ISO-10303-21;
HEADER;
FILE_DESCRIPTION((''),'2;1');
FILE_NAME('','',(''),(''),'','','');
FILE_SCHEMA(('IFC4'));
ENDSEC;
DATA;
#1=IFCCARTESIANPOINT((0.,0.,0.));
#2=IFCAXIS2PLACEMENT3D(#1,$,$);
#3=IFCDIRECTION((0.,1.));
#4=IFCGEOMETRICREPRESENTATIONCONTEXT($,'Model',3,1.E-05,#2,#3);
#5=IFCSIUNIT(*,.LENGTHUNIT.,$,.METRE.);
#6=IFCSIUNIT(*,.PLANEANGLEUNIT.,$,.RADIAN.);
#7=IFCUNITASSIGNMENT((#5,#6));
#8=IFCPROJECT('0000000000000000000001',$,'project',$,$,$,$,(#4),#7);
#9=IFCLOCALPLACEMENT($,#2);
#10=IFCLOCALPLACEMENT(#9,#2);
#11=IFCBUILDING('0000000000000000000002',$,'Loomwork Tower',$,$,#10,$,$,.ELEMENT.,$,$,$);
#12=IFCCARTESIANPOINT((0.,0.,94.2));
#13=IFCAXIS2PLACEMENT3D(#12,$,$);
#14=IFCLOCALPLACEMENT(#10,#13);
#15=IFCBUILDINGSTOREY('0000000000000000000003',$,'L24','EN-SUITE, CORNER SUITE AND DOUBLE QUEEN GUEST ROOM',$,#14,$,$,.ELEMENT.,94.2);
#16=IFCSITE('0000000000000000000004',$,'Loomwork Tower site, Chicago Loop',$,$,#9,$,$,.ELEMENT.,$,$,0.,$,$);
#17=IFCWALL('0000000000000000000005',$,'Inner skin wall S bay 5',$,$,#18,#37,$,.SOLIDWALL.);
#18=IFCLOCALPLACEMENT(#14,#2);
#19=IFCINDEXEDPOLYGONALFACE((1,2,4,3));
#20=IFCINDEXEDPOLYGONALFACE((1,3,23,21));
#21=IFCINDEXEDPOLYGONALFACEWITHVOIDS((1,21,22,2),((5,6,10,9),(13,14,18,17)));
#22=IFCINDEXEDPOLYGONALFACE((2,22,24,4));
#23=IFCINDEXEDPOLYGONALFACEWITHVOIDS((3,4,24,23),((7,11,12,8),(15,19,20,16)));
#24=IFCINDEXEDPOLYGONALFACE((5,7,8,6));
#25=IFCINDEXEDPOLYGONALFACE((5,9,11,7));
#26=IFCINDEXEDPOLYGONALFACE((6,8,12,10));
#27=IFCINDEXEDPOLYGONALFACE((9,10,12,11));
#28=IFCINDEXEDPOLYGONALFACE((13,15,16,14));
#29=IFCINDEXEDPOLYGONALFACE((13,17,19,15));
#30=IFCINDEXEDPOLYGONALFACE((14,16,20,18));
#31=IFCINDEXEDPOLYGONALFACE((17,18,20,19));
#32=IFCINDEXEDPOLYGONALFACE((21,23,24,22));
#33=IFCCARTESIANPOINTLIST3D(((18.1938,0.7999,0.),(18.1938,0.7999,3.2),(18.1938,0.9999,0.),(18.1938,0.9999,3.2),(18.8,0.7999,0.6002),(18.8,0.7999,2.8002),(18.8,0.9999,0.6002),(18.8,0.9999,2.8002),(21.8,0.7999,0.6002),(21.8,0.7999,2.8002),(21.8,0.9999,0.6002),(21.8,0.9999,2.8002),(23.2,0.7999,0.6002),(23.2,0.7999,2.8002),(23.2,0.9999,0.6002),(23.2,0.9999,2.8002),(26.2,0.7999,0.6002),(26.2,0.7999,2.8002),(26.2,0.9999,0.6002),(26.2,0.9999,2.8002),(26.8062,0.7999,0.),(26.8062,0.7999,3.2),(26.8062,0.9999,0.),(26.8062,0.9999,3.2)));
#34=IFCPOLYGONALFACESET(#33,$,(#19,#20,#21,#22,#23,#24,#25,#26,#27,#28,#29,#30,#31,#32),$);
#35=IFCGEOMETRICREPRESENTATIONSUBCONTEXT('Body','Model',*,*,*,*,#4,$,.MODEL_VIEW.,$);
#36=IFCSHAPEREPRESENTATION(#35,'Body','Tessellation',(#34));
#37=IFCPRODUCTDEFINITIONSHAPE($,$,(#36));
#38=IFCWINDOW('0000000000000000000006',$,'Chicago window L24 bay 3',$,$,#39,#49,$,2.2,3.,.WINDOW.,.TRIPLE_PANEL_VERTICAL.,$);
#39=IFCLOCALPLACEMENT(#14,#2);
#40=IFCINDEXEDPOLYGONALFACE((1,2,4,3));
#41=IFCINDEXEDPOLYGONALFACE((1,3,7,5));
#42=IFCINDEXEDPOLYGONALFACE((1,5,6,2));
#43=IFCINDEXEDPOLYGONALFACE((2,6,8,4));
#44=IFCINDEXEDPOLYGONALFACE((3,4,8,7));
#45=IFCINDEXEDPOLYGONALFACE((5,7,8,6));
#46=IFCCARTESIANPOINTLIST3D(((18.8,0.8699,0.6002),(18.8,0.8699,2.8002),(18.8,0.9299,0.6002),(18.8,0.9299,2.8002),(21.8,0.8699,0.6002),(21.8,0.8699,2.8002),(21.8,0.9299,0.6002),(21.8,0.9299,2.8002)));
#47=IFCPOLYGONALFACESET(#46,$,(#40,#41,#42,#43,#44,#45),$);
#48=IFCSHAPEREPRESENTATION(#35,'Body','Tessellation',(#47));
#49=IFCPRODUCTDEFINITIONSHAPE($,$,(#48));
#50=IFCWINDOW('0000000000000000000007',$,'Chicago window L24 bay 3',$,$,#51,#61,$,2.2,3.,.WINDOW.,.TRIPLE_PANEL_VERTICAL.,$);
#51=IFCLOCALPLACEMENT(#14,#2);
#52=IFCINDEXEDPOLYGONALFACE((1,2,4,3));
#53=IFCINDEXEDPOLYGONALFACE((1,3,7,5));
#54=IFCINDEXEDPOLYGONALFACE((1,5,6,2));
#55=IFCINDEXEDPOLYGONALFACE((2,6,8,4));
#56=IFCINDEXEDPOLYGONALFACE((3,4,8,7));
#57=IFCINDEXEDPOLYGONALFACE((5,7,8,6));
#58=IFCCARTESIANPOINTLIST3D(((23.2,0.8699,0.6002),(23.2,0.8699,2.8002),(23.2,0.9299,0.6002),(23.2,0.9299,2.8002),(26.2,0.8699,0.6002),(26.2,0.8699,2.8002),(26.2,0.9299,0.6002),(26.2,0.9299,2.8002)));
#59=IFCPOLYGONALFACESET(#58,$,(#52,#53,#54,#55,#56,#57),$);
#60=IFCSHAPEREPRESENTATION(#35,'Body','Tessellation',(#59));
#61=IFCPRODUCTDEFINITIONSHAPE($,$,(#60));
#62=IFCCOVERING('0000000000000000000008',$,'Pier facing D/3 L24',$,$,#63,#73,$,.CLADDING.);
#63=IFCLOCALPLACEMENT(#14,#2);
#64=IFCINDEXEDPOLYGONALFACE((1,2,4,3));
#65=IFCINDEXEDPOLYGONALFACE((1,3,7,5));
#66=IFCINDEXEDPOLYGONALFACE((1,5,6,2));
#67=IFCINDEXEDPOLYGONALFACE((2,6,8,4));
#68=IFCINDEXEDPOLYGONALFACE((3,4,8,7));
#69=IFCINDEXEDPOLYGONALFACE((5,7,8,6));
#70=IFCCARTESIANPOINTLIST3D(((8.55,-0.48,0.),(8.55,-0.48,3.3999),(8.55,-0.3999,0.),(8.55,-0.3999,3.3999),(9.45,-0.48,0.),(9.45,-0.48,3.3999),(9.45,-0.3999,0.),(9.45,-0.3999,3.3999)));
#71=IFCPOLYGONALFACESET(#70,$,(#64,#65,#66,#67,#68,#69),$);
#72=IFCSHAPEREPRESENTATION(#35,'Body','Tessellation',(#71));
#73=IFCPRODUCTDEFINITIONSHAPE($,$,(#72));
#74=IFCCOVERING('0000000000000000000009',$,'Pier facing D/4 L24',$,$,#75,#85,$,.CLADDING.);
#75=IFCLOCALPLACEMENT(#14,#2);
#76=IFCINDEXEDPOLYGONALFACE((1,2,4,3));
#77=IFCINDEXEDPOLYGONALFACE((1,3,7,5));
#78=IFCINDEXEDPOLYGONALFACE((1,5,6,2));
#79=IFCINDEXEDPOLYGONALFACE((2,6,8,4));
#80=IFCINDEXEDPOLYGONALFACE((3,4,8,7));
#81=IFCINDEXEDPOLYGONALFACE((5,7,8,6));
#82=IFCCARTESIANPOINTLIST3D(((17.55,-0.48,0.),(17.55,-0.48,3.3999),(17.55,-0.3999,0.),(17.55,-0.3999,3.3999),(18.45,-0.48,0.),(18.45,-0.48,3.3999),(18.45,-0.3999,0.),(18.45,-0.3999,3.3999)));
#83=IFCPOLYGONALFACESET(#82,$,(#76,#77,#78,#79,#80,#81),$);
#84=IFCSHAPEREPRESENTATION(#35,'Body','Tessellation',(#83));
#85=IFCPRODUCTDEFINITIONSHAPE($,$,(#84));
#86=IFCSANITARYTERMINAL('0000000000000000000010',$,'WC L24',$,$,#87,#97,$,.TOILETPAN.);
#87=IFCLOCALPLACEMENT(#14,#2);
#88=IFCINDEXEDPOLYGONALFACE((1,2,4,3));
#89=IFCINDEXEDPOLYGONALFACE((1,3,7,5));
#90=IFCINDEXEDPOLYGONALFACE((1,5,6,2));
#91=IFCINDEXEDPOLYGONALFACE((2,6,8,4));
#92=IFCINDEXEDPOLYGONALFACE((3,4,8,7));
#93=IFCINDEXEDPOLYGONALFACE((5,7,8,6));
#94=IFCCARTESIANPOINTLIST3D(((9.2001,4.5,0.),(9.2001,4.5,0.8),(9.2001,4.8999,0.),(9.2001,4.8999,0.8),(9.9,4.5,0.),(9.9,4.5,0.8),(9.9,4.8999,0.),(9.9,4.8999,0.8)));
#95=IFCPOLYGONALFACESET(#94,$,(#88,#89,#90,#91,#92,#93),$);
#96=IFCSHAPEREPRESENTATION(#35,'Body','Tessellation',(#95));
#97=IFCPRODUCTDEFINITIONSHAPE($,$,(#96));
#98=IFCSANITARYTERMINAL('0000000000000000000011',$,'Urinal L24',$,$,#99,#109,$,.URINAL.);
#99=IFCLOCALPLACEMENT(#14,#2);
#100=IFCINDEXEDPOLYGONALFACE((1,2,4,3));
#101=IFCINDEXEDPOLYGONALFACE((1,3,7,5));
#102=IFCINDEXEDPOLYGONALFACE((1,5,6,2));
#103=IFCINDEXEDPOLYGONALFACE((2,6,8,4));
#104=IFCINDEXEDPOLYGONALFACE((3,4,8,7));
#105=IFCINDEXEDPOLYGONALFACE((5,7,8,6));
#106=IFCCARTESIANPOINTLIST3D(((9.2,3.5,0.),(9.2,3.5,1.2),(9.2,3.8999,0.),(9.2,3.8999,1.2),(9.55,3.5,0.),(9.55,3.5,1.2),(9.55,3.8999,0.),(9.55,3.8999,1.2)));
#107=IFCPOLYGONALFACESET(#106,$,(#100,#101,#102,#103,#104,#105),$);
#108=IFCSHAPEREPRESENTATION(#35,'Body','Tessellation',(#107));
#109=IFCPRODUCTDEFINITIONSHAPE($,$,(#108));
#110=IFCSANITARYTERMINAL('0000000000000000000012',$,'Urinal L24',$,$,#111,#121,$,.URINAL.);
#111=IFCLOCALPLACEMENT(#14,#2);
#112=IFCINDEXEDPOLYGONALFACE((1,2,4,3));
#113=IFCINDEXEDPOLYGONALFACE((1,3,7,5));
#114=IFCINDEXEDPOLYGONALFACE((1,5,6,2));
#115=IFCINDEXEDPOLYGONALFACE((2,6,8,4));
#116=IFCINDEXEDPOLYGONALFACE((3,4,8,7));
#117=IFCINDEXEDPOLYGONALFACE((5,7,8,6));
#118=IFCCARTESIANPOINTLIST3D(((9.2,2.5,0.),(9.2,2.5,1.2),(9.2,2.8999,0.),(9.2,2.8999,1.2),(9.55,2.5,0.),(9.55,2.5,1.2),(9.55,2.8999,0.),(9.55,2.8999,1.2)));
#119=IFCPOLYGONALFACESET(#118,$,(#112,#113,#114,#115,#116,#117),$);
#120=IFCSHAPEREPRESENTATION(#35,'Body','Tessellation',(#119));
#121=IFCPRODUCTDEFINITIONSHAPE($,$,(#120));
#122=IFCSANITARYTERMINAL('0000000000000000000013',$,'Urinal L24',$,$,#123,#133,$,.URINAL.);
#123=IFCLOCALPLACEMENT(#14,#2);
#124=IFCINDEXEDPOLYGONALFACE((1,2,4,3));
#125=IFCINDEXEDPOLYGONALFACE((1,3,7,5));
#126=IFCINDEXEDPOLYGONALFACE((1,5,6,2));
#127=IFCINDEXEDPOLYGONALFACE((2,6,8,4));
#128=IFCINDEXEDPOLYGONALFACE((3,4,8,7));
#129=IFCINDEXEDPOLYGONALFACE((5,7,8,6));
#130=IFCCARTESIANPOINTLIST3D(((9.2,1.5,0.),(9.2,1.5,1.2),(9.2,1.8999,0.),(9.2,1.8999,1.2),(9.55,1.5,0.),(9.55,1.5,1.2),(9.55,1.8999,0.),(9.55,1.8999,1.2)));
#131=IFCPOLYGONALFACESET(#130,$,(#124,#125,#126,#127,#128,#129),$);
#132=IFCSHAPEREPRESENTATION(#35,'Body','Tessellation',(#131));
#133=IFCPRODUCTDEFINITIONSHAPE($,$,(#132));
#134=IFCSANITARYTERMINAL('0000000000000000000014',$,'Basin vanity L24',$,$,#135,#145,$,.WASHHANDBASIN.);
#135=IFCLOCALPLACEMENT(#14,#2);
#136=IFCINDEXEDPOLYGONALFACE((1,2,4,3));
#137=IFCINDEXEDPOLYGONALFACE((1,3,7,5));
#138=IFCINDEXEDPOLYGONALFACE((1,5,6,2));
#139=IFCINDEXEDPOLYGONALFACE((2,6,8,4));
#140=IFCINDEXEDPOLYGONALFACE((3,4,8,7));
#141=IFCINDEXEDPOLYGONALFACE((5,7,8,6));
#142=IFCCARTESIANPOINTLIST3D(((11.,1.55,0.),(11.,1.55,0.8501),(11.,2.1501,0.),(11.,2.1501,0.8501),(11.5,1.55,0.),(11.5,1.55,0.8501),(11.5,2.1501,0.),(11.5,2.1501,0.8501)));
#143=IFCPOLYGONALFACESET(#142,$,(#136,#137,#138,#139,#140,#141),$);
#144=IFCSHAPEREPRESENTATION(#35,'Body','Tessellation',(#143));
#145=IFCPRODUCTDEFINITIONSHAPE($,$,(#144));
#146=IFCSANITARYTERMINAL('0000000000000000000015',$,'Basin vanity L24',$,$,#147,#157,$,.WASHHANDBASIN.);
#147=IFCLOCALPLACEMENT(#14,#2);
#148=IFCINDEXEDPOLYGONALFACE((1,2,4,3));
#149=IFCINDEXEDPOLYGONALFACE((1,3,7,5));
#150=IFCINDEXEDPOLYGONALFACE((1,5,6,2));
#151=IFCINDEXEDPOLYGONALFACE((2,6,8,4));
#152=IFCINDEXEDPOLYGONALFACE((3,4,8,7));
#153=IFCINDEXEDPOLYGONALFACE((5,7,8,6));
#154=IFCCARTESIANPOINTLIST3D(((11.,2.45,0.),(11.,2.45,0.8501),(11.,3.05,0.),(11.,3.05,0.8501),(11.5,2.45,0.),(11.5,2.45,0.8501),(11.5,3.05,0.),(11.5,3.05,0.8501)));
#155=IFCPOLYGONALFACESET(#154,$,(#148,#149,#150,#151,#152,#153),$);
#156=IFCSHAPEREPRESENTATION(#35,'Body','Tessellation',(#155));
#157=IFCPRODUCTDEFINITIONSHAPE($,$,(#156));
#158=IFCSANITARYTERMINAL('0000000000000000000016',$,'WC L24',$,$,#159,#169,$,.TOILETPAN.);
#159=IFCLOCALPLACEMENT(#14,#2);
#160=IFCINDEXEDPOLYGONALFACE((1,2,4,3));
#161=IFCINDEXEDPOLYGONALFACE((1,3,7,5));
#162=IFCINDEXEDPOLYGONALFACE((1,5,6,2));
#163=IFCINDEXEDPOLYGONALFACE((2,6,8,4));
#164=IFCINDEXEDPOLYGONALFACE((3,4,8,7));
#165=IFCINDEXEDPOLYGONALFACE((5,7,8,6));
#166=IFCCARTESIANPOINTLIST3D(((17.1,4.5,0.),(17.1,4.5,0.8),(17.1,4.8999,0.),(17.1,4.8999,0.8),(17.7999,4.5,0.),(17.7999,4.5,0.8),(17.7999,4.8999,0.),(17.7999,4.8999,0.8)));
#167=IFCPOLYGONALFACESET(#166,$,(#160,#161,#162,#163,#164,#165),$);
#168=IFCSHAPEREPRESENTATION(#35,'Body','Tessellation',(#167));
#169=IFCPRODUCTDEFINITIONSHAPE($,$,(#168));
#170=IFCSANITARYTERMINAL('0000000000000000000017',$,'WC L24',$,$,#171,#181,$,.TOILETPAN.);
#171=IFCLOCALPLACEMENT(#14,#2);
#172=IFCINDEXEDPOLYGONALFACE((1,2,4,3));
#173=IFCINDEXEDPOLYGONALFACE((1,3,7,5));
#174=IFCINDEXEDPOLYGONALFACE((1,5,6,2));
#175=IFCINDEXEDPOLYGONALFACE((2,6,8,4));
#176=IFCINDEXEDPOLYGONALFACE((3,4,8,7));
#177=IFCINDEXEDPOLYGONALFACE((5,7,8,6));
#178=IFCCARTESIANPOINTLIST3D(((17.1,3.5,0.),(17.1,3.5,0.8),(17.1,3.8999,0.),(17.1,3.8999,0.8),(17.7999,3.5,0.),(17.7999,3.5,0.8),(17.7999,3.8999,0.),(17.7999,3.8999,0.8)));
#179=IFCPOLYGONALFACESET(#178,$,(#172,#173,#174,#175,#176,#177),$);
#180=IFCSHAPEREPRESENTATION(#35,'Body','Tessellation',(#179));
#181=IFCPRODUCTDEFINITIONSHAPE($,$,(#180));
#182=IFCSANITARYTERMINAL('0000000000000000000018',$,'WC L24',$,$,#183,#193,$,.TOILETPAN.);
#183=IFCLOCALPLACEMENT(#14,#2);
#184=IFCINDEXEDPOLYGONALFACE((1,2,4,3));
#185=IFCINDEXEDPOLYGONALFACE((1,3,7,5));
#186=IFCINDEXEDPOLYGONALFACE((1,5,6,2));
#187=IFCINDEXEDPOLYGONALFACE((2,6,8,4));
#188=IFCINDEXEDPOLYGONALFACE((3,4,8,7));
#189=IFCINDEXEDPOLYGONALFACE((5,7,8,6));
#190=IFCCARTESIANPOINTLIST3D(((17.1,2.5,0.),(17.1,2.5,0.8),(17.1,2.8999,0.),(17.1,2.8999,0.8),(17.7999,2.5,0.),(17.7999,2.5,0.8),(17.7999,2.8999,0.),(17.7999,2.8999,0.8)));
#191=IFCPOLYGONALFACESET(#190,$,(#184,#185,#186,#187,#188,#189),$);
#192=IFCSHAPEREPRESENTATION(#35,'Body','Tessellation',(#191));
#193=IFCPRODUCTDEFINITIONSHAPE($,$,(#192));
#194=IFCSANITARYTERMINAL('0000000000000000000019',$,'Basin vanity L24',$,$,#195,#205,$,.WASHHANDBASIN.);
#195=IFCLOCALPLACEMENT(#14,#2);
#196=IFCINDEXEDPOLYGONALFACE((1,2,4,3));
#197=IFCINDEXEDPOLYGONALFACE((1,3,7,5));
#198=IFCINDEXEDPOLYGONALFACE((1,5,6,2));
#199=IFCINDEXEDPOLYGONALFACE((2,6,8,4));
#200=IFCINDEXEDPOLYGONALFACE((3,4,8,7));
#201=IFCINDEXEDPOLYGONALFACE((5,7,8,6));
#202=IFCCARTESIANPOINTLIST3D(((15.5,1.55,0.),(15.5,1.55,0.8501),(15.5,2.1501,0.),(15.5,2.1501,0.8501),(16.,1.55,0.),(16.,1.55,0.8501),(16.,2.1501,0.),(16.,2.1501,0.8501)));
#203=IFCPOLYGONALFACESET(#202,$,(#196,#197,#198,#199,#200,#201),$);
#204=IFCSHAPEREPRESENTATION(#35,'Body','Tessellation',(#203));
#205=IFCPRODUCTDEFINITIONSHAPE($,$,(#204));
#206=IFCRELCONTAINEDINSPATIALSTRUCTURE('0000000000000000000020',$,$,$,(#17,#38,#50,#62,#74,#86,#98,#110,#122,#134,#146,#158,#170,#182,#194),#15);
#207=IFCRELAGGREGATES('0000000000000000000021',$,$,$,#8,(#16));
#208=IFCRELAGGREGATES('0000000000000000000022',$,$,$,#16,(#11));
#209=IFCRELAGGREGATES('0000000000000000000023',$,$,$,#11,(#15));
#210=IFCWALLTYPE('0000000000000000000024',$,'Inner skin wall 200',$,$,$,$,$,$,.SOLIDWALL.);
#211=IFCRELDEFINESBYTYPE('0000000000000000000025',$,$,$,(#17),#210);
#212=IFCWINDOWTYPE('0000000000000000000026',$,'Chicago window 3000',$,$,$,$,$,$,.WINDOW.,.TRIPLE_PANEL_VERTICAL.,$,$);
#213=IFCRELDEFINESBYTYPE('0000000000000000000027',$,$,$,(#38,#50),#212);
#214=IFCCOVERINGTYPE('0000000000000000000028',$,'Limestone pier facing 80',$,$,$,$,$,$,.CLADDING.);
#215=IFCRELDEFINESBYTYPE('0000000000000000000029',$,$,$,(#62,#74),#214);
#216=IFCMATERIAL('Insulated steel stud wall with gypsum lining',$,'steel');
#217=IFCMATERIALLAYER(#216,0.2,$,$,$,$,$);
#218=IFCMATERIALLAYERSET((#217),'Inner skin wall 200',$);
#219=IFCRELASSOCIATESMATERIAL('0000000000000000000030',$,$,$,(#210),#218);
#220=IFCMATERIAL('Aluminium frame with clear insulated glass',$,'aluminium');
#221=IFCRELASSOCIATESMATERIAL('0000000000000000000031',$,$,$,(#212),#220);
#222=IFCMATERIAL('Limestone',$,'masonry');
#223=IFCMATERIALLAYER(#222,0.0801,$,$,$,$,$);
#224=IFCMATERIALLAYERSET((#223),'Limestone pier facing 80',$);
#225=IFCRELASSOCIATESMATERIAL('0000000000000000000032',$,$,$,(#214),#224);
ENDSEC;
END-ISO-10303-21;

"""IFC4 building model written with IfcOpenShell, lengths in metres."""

from ifc_helpers import new_model, si_unit, direction, frame, frame_2d, origin, origin_2d, place, context, subcontext, project, spatial, rectangle, extrude, material, layer, layer_set, type_object, element, fill, save


model = new_model("IFC4")

# Units and contexts
model_context = context("Model", 3, precision=1e-05, world=origin(), true_north=direction((0.0, 1.0)))
body_context = subcontext(model_context, "Body", "Model", "MODEL_VIEW")
ifc_project = project(units=[si_unit("LENGTHUNIT", "METRE"), si_unit("PLANEANGLEUNIT", "RADIAN")], contexts=[model_context])

# Site, building, storey
site_placement = place(None, origin())
site = spatial("IfcSite", under=ifc_project, at=site_placement, Name="Loomwork Tower site, Chicago Loop", CompositionType="ELEMENT", RefElevation=0.0)
building_placement = place(site_placement, origin())
building = spatial("IfcBuilding", under=site, at=building_placement, Name="Loomwork Tower", CompositionType="ELEMENT")
storey_placement = place(building_placement, frame((0.0, 0.0, 94.2)))
storey = spatial("IfcBuildingStorey", under=building, at=storey_placement, Name="L24", Description="EN-SUITE, CORNER SUITE AND DOUBLE QUEEN GUEST ROOM", CompositionType="ELEMENT", Elevation=94.2)

# Shared definitions
ifc_material_1 = material(Name="Insulated steel stud wall with gypsum lining", Category="steel")
ifc_layer_1 = layer(ifc_material_1, 0.2)
ifc_layer_set_1 = layer_set([ifc_layer_1], Name="Inner skin wall 200")
wall_type = type_object("IfcWallType", Name="Inner skin wall 200", PredefinedType="SOLIDWALL", material=ifc_layer_set_1)

# Shared definitions
ifc_material_2 = material(Name="Aluminium frame with clear insulated glass", Category="aluminium")
window_type = type_object("IfcWindowType", Name="Chicago window 3000", PartitioningType="TRIPLE_PANEL_VERTICAL", PredefinedType="WINDOW", material=ifc_material_2)

# Wall, openings, windows
wall_1_placement = place(storey_placement, frame((18.1938, 0.8999, 0.0), z_axis=(0.0, 0.0, 1.0), x_axis=(1.0, 0.0, 0.0)))
wall_1 = element("IfcWall", 1, at=wall_1_placement, inside=storey, type_object=wall_type, Name="Inner skin wall S bay 5", PredefinedType="SOLIDWALL", context=body_context, shape_type="SweptSolid", body=[
    extrude(rectangle(XDim=8.6123, YDim=0.2, at=frame_2d((4.3062, 0.0))), origin(), (0.0, 0.0, 1.0), 3.2),
])
opening_1_placement = place(wall_1_placement, frame((0.6062, 0.0, 0.6001)))
opening_1 = element("IfcOpeningElement", 2, at=opening_1_placement, cuts=wall_1, PredefinedType="OPENING", context=body_context, shape_type="SweptSolid", body=[
    extrude(rectangle(XDim=3.0, YDim=2.2, at=frame_2d((1.5, 1.1001))), frame((0.0, 0.1099, 0.0), z_axis=(0.0, -1.0, 0.0), x_axis=(1.0, 0.0, 0.0)), (0.0, 0.0, 1.0), 0.22),
])
opening_2_placement = place(wall_1_placement, frame((5.0061, 0.0, 0.6001)))
opening_2 = element("IfcOpeningElement", 3, at=opening_2_placement, cuts=wall_1, PredefinedType="OPENING", context=body_context, shape_type="SweptSolid", body=[
    extrude(rectangle(XDim=3.0, YDim=2.2, at=frame_2d((1.5, 1.1001))), frame((0.0, 0.1099, 0.0), z_axis=(0.0, -1.0, 0.0), x_axis=(1.0, 0.0, 0.0)), (0.0, 0.0, 1.0), 0.22),
])
window_1_placement = place(opening_1_placement, origin())
window_1 = element("IfcWindow", 4, at=window_1_placement, inside=storey, type_object=window_type, Name="Chicago window L24 bay 3", OverallHeight=2.2, OverallWidth=3.0, PartitioningType="TRIPLE_PANEL_VERTICAL", PredefinedType="WINDOW", context=body_context, shape_type="SweptSolid", body=[
    extrude(rectangle(XDim=3.0, YDim=2.2, at=frame_2d((1.5, 1.1001))), frame((0.0, 0.03, 0.0), z_axis=(0.0, -1.0, 0.0), x_axis=(1.0, 0.0, 0.0)), (0.0, 0.0, 1.0), 0.0601),
])
fill(opening_1, window_1)
window_2_placement = place(opening_2_placement, origin())
window_2 = element("IfcWindow", 5, at=window_2_placement, inside=storey, type_object=window_type, Name="Chicago window L24 bay 3", OverallHeight=2.2, OverallWidth=3.0, PartitioningType="TRIPLE_PANEL_VERTICAL", PredefinedType="WINDOW", context=body_context, shape_type="SweptSolid", body=[
    extrude(rectangle(XDim=3.0, YDim=2.2, at=frame_2d((1.5, 1.1001))), frame((0.0, 0.03, 0.0), z_axis=(0.0, -1.0, 0.0), x_axis=(1.0, 0.0, 0.0)), (0.0, 0.0, 1.0), 0.0601),
])
fill(opening_2, window_2)

# Coverings
ifc_material_3 = material(Name="Limestone", Category="masonry")
ifc_layer_2 = layer(ifc_material_3, 0.0801)
ifc_layer_set_2 = layer_set([ifc_layer_2], Name="Limestone pier facing 80")
covering_type = type_object("IfcCoveringType", Name="Limestone pier facing 80", PredefinedType="CLADDING", material=ifc_layer_set_2)
for number, where, z_axis, x_axis, name in (
    (6, (9.0, -0.4399, 0.0), (0.0, 0.0, 1.0), (1.0, 0.0, 0.0), "Pier facing D/3 L24"),
    (7, (18.0, -0.4399, 0.0), (0.0, 0.0, 1.0), (1.0, 0.0, 0.0), "Pier facing D/4 L24"),
):
    element("IfcCovering", number, at=place(storey_placement, frame(where, z_axis=z_axis, x_axis=x_axis)), inside=storey, type_object=covering_type, Name=name, PredefinedType="CLADDING", context=body_context, shape_type="SweptSolid", body=[
        extrude(rectangle(XDim=0.8999, YDim=0.0801, at=origin_2d()), origin(), (0.0, 0.0, 1.0), 3.3999),
    ])

# Sanitary terminals
sanitary_terminal_placement = place(storey_placement, frame((9.55, 4.7, 0.0), z_axis=(0.0, 0.0, 1.0), x_axis=(1.0, 0.0, 0.0)))
element("IfcSanitaryTerminal", 8, at=sanitary_terminal_placement, inside=storey, Name="WC L24", PredefinedType="TOILETPAN", context=body_context, shape_type="SweptSolid", body=[
    extrude(rectangle(XDim=0.7, YDim=0.3999, at=origin_2d()), origin(), (0.0, 0.0, 1.0), 0.8),
])
for number, where, z_axis, x_axis, name in (
    (9, (9.375, 3.7, 0.0), (0.0, 0.0, 1.0), (1.0, 0.0, 0.0), "Urinal L24"),
    (10, (9.375, 2.7, 0.0), (0.0, 0.0, 1.0), (1.0, 0.0, 0.0), "Urinal L24"),
    (11, (9.375, 1.7, 0.0), (0.0, 0.0, 1.0), (1.0, 0.0, 0.0), "Urinal L24"),
):
    element("IfcSanitaryTerminal", number, at=place(storey_placement, frame(where, z_axis=z_axis, x_axis=x_axis)), inside=storey, Name=name, PredefinedType="URINAL", context=body_context, shape_type="SweptSolid", body=[
        extrude(rectangle(XDim=0.3501, YDim=0.3999, at=origin_2d()), origin(), (0.0, 0.0, 1.0), 1.2),
    ])
for number, where, z_axis, x_axis, name in (
    (12, (11.25, 1.8501, 0.0), (0.0, 0.0, 1.0), (1.0, 0.0, 0.0), "Basin vanity L24"),
    (13, (11.25, 2.75, 0.0), (0.0, 0.0, 1.0), (1.0, 0.0, 0.0), "Basin vanity L24"),
):
    element("IfcSanitaryTerminal", number, at=place(storey_placement, frame(where, z_axis=z_axis, x_axis=x_axis)), inside=storey, Name=name, PredefinedType="WASHHANDBASIN", context=body_context, shape_type="SweptSolid", body=[
        extrude(rectangle(XDim=0.5, YDim=0.6001, at=origin_2d()), origin(), (0.0, 0.0, 1.0), 0.8501),
    ])
for number, where, z_axis, x_axis, name in (
    (14, (17.45, 4.7, 0.0), (0.0, 0.0, 1.0), (1.0, 0.0, 0.0), "WC L24"),
    (15, (17.45, 3.7, 0.0), (0.0, 0.0, 1.0), (1.0, 0.0, 0.0), "WC L24"),
    (16, (17.45, 2.7, 0.0), (0.0, 0.0, 1.0), (1.0, 0.0, 0.0), "WC L24"),
):
    element("IfcSanitaryTerminal", number, at=place(storey_placement, frame(where, z_axis=z_axis, x_axis=x_axis)), inside=storey, Name=name, PredefinedType="TOILETPAN", context=body_context, shape_type="SweptSolid", body=[
        extrude(rectangle(XDim=0.7, YDim=0.3999, at=origin_2d()), origin(), (0.0, 0.0, 1.0), 0.8),
    ])
for number, where, z_axis, x_axis, name in (
    (17, (15.75, 1.8501, 0.0), (0.0, 0.0, 1.0), (1.0, 0.0, 0.0), "Basin vanity L24"),
):
    element("IfcSanitaryTerminal", number, at=place(storey_placement, frame(where, z_axis=z_axis, x_axis=x_axis)), inside=storey, Name=name, PredefinedType="WASHHANDBASIN", context=body_context, shape_type="SweptSolid", body=[
        extrude(rectangle(XDim=0.5, YDim=0.6001, at=origin_2d()), origin(), (0.0, 0.0, 1.0), 0.8501),
    ])

save(model, "model.ifc")
